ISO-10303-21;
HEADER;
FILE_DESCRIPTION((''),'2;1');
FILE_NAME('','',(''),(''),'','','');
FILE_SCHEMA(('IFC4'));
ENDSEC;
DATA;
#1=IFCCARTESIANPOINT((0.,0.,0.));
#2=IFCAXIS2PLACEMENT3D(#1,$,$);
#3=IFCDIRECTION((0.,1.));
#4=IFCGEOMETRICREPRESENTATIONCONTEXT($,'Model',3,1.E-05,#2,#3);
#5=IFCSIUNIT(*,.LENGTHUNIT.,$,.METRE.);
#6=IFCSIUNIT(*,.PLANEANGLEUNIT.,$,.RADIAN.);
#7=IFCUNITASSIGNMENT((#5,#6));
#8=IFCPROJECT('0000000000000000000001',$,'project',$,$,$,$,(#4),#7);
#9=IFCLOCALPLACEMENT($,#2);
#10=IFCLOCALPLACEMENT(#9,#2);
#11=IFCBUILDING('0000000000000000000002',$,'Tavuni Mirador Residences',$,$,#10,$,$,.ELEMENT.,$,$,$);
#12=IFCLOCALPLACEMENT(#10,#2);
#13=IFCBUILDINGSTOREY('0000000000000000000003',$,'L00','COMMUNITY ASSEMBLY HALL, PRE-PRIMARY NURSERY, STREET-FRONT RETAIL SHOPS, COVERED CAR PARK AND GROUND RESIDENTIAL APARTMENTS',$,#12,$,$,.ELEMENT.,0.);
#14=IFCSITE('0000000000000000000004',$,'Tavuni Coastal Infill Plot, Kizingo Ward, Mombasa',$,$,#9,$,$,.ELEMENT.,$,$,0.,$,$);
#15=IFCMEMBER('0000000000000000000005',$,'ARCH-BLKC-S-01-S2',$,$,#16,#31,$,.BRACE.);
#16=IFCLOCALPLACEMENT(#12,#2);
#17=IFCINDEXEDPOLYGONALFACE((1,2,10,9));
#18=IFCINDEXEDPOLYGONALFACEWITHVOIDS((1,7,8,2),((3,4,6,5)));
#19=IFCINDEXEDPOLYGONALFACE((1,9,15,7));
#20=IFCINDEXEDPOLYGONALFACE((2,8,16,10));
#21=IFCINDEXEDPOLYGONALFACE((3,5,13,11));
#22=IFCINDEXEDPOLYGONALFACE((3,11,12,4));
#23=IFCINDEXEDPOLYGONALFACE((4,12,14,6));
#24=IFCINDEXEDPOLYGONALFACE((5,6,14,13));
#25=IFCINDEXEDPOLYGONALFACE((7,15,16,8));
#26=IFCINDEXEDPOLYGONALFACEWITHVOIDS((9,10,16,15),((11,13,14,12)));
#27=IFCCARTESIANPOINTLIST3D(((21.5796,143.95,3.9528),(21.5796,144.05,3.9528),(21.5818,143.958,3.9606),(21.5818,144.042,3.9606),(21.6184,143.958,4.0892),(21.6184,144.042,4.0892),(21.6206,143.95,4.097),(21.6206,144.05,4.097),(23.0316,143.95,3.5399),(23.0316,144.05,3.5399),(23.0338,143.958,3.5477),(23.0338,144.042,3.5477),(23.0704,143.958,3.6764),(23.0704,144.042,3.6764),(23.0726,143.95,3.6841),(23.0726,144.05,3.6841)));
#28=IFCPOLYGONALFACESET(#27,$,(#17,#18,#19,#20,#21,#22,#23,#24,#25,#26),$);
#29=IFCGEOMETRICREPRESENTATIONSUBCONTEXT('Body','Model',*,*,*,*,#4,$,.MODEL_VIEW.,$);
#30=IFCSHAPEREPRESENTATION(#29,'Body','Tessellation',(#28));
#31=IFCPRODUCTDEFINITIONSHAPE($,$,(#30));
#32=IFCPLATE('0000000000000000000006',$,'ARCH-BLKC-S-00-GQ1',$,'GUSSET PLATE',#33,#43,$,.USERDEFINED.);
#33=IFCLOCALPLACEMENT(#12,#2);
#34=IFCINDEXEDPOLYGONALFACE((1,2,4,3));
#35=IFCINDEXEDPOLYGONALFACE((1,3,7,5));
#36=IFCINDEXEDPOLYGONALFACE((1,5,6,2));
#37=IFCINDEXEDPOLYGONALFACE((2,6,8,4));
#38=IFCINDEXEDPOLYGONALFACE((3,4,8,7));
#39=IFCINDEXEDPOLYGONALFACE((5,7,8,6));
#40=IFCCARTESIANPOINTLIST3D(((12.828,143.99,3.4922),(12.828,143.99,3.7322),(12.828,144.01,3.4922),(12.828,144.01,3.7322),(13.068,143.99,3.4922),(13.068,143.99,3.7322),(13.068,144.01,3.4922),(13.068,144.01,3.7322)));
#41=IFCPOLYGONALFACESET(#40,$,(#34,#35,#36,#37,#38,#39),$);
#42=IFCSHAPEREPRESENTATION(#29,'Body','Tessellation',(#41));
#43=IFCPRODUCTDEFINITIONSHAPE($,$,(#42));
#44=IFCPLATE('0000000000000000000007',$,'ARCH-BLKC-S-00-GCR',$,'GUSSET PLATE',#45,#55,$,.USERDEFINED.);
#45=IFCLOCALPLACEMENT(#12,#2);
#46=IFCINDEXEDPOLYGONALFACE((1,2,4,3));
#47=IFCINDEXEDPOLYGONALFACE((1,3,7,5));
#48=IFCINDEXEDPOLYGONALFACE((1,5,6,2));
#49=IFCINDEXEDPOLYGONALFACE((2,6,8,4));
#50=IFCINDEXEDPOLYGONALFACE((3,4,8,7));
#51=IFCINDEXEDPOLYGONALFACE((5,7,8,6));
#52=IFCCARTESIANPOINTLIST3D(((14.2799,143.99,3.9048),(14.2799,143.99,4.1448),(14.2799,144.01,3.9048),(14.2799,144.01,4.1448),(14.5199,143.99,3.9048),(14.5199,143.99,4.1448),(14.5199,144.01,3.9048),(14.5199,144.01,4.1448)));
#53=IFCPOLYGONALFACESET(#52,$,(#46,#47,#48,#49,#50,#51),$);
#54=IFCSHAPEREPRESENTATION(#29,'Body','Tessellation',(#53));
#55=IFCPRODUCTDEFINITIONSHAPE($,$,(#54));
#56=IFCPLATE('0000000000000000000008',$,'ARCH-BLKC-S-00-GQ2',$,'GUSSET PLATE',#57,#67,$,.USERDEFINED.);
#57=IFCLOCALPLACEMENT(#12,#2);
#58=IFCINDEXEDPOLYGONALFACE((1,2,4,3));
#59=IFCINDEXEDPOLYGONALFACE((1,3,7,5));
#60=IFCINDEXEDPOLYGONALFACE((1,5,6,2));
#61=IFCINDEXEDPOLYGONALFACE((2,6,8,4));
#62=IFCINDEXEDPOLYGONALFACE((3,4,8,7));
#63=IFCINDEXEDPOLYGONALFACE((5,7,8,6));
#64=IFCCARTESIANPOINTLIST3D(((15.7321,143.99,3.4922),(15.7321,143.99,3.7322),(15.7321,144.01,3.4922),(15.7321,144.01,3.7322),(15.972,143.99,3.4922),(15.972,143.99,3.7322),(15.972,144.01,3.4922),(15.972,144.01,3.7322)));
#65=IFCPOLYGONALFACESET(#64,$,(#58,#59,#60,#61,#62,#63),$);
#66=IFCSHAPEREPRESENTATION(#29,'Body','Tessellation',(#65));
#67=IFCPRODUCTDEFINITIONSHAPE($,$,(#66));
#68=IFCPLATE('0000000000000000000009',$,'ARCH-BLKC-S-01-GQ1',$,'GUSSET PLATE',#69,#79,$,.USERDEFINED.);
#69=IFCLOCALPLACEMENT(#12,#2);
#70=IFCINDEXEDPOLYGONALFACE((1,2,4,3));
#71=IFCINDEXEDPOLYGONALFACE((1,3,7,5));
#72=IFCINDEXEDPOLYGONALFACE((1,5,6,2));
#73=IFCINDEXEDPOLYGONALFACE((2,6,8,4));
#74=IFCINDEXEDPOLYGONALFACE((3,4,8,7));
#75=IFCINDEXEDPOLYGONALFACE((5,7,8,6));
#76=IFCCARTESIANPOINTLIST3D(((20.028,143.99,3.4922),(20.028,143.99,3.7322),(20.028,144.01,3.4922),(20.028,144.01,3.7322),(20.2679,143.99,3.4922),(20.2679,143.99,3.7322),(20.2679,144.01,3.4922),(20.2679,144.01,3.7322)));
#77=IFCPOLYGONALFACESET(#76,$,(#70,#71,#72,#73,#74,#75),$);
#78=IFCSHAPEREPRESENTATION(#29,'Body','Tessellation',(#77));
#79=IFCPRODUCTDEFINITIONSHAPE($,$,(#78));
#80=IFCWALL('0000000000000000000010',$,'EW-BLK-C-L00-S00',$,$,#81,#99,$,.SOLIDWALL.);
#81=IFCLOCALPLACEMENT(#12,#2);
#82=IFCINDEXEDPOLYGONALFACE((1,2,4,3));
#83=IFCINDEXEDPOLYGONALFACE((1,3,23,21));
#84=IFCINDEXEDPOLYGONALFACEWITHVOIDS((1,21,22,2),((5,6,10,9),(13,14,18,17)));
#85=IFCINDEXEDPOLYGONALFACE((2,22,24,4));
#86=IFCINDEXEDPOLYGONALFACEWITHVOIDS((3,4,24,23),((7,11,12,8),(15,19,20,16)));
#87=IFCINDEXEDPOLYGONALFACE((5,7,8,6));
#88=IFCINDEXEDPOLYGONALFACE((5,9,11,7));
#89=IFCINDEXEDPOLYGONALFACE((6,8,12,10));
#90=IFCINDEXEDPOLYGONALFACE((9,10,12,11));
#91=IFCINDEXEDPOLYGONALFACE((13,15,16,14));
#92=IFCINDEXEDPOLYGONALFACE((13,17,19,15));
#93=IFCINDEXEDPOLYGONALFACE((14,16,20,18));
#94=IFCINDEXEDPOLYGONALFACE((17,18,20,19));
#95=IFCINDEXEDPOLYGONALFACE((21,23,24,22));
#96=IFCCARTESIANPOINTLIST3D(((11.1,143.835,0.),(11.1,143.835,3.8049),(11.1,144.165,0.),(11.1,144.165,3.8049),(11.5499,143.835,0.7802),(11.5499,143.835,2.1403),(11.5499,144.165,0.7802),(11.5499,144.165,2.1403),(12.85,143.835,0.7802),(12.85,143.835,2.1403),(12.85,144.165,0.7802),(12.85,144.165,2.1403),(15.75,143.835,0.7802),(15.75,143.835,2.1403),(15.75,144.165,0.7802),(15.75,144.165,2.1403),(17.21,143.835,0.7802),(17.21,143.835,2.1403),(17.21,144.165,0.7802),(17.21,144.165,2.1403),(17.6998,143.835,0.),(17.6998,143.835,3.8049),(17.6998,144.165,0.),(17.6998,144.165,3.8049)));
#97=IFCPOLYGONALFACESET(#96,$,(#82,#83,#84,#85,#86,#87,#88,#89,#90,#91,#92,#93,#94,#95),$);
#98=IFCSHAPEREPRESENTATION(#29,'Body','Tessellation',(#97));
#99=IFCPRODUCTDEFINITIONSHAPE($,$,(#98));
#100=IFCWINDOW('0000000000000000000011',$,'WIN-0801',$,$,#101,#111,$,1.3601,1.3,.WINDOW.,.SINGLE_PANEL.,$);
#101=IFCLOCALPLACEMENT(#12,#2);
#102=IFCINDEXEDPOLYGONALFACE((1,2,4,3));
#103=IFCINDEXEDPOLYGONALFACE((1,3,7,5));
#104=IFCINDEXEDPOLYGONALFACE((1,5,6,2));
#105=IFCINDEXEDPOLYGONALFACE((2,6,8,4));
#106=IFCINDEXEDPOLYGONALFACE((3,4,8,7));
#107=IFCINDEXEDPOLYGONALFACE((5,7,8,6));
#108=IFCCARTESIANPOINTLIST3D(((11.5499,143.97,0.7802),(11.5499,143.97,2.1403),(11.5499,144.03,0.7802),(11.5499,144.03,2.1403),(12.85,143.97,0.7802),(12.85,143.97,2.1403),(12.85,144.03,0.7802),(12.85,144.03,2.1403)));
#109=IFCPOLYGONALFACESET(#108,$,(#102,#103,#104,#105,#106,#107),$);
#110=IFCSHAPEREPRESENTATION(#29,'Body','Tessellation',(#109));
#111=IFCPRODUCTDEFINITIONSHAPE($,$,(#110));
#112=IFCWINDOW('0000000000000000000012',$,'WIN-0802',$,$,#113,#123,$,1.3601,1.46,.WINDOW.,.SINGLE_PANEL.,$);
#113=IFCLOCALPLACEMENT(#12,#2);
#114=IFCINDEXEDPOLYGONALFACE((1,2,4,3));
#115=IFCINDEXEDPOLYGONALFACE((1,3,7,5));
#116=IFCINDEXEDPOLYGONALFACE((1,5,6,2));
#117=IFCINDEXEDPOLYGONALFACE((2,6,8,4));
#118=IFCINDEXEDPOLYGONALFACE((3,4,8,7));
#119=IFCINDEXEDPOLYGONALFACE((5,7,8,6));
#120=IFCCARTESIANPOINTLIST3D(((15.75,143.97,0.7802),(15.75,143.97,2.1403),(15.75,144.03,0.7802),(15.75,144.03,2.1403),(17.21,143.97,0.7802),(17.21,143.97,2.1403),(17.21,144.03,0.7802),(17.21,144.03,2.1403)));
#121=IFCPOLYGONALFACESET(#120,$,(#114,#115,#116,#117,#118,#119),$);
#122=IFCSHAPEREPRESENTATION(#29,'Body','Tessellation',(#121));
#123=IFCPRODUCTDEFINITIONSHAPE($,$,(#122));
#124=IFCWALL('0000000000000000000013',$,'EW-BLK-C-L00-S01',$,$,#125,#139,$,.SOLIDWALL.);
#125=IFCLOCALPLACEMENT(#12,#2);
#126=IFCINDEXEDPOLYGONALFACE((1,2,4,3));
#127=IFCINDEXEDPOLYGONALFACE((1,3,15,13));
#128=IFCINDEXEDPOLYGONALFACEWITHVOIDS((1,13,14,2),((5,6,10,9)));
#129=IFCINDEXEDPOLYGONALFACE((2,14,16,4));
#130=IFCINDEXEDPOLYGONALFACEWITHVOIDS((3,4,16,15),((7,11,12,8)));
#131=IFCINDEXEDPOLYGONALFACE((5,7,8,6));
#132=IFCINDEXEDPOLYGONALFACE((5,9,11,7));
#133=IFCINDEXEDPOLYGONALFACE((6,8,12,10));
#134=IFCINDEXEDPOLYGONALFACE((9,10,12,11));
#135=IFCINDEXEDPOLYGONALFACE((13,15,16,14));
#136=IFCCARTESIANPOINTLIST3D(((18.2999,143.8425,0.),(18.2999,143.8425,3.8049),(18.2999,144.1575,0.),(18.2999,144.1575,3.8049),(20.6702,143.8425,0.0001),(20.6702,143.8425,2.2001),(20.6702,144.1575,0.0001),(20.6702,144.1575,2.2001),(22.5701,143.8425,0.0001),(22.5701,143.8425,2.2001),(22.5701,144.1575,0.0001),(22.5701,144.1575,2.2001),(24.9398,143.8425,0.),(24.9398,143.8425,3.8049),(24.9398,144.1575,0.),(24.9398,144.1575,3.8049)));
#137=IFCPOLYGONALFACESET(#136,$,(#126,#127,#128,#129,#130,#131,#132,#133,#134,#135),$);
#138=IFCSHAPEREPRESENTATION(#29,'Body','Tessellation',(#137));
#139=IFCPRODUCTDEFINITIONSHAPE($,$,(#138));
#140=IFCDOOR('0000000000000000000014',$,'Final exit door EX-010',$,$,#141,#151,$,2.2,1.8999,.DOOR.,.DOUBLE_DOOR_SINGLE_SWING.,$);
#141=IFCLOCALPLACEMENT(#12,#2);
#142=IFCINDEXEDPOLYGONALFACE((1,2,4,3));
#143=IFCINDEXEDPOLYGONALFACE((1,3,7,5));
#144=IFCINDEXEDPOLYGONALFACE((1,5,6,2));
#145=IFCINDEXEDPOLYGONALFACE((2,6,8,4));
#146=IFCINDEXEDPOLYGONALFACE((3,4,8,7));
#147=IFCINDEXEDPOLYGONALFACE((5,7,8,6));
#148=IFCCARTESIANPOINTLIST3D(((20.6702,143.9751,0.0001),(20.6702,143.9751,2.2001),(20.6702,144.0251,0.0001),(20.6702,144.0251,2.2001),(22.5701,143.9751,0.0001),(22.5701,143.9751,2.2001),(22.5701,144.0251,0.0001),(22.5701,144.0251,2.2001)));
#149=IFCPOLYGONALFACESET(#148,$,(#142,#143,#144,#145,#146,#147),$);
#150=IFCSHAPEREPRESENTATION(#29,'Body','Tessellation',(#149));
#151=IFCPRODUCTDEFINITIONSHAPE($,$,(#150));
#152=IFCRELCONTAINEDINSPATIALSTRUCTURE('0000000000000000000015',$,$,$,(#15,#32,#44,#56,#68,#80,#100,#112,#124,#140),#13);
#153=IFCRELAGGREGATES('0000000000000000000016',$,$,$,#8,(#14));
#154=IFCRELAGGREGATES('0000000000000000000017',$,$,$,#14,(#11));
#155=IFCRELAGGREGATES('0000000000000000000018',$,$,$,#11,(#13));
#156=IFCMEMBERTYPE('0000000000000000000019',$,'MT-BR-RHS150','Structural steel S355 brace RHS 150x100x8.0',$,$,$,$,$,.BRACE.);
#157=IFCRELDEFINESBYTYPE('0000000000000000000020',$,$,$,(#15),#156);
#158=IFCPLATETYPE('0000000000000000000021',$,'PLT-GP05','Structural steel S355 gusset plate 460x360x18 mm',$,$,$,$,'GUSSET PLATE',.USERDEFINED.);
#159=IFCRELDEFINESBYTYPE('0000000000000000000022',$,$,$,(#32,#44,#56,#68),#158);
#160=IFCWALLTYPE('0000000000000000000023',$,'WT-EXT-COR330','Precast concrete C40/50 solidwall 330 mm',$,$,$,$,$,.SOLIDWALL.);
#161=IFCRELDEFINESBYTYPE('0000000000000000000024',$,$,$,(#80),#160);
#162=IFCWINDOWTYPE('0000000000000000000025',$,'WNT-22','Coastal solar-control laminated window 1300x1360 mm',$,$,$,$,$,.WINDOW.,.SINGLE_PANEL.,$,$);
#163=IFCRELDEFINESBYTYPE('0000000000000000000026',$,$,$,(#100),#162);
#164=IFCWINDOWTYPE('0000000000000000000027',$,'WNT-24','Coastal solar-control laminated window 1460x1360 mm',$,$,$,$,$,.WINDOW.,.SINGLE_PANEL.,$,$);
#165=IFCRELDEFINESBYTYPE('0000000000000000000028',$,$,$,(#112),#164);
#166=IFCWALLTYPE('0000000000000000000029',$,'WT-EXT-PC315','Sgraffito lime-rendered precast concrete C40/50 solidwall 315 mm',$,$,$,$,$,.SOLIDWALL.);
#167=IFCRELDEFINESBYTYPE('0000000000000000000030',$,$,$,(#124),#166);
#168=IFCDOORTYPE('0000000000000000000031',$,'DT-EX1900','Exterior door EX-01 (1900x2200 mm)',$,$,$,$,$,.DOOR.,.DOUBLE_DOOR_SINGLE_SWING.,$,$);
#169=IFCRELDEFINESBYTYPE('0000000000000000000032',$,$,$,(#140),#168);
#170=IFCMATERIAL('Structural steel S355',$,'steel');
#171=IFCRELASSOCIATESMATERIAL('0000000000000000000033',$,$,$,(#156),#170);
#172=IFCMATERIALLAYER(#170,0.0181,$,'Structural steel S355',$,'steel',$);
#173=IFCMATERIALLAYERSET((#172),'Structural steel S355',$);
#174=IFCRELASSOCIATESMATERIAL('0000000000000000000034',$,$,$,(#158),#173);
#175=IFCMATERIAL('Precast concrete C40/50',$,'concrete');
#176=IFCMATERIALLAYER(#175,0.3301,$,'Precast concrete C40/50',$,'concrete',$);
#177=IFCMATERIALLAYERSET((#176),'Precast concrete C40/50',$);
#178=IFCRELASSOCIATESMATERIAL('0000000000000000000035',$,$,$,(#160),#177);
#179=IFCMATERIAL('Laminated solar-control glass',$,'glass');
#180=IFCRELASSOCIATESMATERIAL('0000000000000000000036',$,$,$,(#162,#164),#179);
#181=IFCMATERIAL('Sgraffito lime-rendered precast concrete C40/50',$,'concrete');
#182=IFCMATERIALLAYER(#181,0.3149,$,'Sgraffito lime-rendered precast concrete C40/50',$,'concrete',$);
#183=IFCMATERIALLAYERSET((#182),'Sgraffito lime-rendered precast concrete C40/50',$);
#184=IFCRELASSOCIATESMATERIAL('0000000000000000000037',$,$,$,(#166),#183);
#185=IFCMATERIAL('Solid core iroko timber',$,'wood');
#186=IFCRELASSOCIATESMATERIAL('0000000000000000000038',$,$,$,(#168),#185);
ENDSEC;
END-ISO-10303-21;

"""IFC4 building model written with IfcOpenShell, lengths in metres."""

from ifc_helpers import new_model, si_unit, direction, frame, frame_2d, origin, origin_2d, place, context, subcontext, project, spatial, rectangle, hollow_rectangle, extrude, material, layer, layer_set, material_profile, profile_set, type_object, element, fill, save


model = new_model("IFC4")

# Units and contexts
model_context = context("Model", 3, precision=1e-05, world=origin(), true_north=direction((0.0, 1.0)))
body_context = subcontext(model_context, "Body", "Model", "MODEL_VIEW")
ifc_project = project(units=[si_unit("LENGTHUNIT", "METRE"), si_unit("PLANEANGLEUNIT", "RADIAN")], contexts=[model_context])

# Site, building, storey
site_placement = place(None, origin())
site = spatial("IfcSite", under=ifc_project, at=site_placement, Name="Tavuni Coastal Infill Plot, Kizingo Ward, Mombasa", CompositionType="ELEMENT", RefElevation=0.0)
building_placement = place(site_placement, origin())
building = spatial("IfcBuilding", under=site, at=building_placement, Name="Tavuni Mirador Residences", CompositionType="ELEMENT")
storey_placement = place(building_placement, origin())
storey = spatial("IfcBuildingStorey", under=building, at=storey_placement, Name="L00", Description="COMMUNITY ASSEMBLY HALL, PRE-PRIMARY NURSERY, STREET-FRONT RETAIL SHOPS, COVERED CAR PARK AND GROUND RESIDENTIAL APARTMENTS", CompositionType="ELEMENT", Elevation=0.0)

# Shared definitions
ifc_material_1 = material(Name="Precast concrete C40/50", Category="concrete")

# Member
ifc_material_2 = material(Name="Structural steel S355", Category="steel")
ifc_material_profile_1 = material_profile(ifc_material_2, hollow_rectangle(XDim=0.1001, YDim=0.1499, WallThickness=0.0081, at=origin_2d()), Name="RHS 150x100x8.0", Category="steel")
ifc_profile_set_1 = profile_set([ifc_material_profile_1], Name="Structural steel S355")
member_type = type_object("IfcMemberType", Name="MT-BR-RHS150", Description="Structural steel S355 brace RHS 150x100x8.0", PredefinedType="BRACE", material=ifc_profile_set_1)
member_1_placement = place(storey_placement, frame((21.6001, 144.0, 4.0249), z_axis=(0.961871, 0.0, -0.273503), x_axis=(0.0, 1.0, 0.0)))
element("IfcMember", 1, at=member_1_placement, inside=storey, type_object=member_type, Name="ARCH-BLKC-S-01-S2", PredefinedType="BRACE", context=body_context, shape_type="SweptSolid", body=[
    extrude(hollow_rectangle(XDim=0.1001, YDim=0.1499, WallThickness=0.0081, at=origin_2d()), origin(), (0.0, 0.0, 1.0), 1.5095),
])

# Plates
ifc_layer_1 = layer(ifc_material_2, 0.0181, Name="Structural steel S355", Category="steel")
ifc_layer_set_1 = layer_set([ifc_layer_1], Name="Structural steel S355")
plate_type = type_object("IfcPlateType", Name="PLT-GP05", Description="Structural steel S355 gusset plate 460x360x18 mm", ElementType="GUSSET PLATE", PredefinedType="USERDEFINED", material=ifc_layer_set_1)
for number, where, z_axis, x_axis, name in (
    (2, (12.948, 144.0, 3.4922), (0.0, 0.0, 1.0), (1.0, 0.0, 0.0), "ARCH-BLKC-S-00-GQ1"),
    (3, (14.3999, 144.0, 3.9048), (0.0, 0.0, 1.0), (1.0, 0.0, 0.0), "ARCH-BLKC-S-00-GCR"),
    (4, (15.8521, 144.0, 3.4922), (0.0, 0.0, 1.0), (1.0, 0.0, 0.0), "ARCH-BLKC-S-00-GQ2"),
    (5, (20.1479, 144.0, 3.4922), (0.0, 0.0, 1.0), (1.0, 0.0, 0.0), "ARCH-BLKC-S-01-GQ1"),
):
    element("IfcPlate", number, at=place(storey_placement, frame(where, z_axis=z_axis, x_axis=x_axis)), inside=storey, type_object=plate_type, Name=name, ObjectType="GUSSET PLATE", PredefinedType="USERDEFINED", context=body_context, shape_type="SweptSolid", body=[
        extrude(rectangle(XDim=0.24, YDim=0.02, at=origin_2d()), origin(), (0.0, 0.0, 1.0), 0.24),
    ])

# Wall, openings, windows
ifc_layer_2 = layer(ifc_material_1, 0.3301, Name="Precast concrete C40/50", Category="concrete")
ifc_layer_set_2 = layer_set([ifc_layer_2], Name="Precast concrete C40/50")
wall_type_1 = type_object("IfcWallType", Name="WT-EXT-COR330", Description="Precast concrete C40/50 solidwall 330 mm", PredefinedType="SOLIDWALL", material=ifc_layer_set_2)
wall_1_placement = place(storey_placement, frame((11.1001, 144.0, 0.0), z_axis=(0.0, 0.0, 1.0), x_axis=(1.0, 0.0, 0.0)))
wall_1 = element("IfcWall", 6, at=wall_1_placement, inside=storey, type_object=wall_type_1, Name="EW-BLK-C-L00-S00", PredefinedType="SOLIDWALL", context=body_context, shape_type="SweptSolid", body=[
    extrude(rectangle(XDim=6.5999, YDim=0.3301, at=frame_2d((3.2998, 0.0))), origin(), (0.0, 0.0, 1.0), 3.8049),
])
opening_1_placement = place(wall_1_placement, frame((0.45, 0.0, 0.78)))
opening_1 = element("IfcOpeningElement", 7, at=opening_1_placement, cuts=wall_1, PredefinedType="OPENING", context=body_context, shape_type="SweptSolid", body=[
    extrude(rectangle(XDim=1.3, YDim=1.3601, at=frame_2d((0.6499, 0.6802))), frame((0.0, 0.175, 0.0), z_axis=(0.0, -1.0, 0.0), x_axis=(1.0, 0.0, 0.0)), (0.0, 0.0, 1.0), 0.3501),
])
opening_2_placement = place(wall_1_placement, frame((4.6499, 0.0, 0.78)))
opening_2 = element("IfcOpeningElement", 8, at=opening_2_placement, cuts=wall_1, PredefinedType="OPENING", context=body_context, shape_type="SweptSolid", body=[
    extrude(rectangle(XDim=1.46, YDim=1.3601, at=frame_2d((0.73, 0.6802))), frame((0.0, 0.175, 0.0), z_axis=(0.0, -1.0, 0.0), x_axis=(1.0, 0.0, 0.0)), (0.0, 0.0, 1.0), 0.3501),
])
ifc_material_3 = material(Name="Laminated solar-control glass", Category="glass")
window_type_1 = type_object("IfcWindowType", Name="WNT-22", Description="Coastal solar-control laminated window 1300x1360 mm", PartitioningType="SINGLE_PANEL", PredefinedType="WINDOW", material=ifc_material_3)
window_1_placement = place(opening_1_placement, origin())
window_1 = element("IfcWindow", 9, at=window_1_placement, inside=storey, type_object=window_type_1, Name="WIN-0801", OverallHeight=1.3601, OverallWidth=1.3, PartitioningType="SINGLE_PANEL", PredefinedType="WINDOW", context=body_context, shape_type="SweptSolid", body=[
    extrude(rectangle(XDim=1.3, YDim=1.3601, at=frame_2d((0.6499, 0.6802))), frame((0.0, 0.03, 0.0), z_axis=(0.0, -1.0, 0.0), x_axis=(1.0, 0.0, 0.0)), (0.0, 0.0, 1.0), 0.0601),
])
fill(opening_1, window_1)
window_type_2 = type_object("IfcWindowType", Name="WNT-24", Description="Coastal solar-control laminated window 1460x1360 mm", PartitioningType="SINGLE_PANEL", PredefinedType="WINDOW", material=ifc_material_3)
window_2_placement = place(opening_2_placement, origin())
window_2 = element("IfcWindow", 10, at=window_2_placement, inside=storey, type_object=window_type_2, Name="WIN-0802", OverallHeight=1.3601, OverallWidth=1.46, PartitioningType="SINGLE_PANEL", PredefinedType="WINDOW", context=body_context, shape_type="SweptSolid", body=[
    extrude(rectangle(XDim=1.46, YDim=1.3601, at=frame_2d((0.73, 0.6802))), frame((0.0, 0.03, 0.0), z_axis=(0.0, -1.0, 0.0), x_axis=(1.0, 0.0, 0.0)), (0.0, 0.0, 1.0), 0.0601),
])
fill(opening_2, window_2)

# Wall, opening, door
ifc_material_4 = material(Name="Sgraffito lime-rendered precast concrete C40/50", Category="concrete")
ifc_layer_3 = layer(ifc_material_4, 0.3149, Name="Sgraffito lime-rendered precast concrete C40/50", Category="concrete")
ifc_layer_set_3 = layer_set([ifc_layer_3], Name="Sgraffito lime-rendered precast concrete C40/50")
wall_type_2 = type_object("IfcWallType", Name="WT-EXT-PC315", Description="Sgraffito lime-rendered precast concrete C40/50 solidwall 315 mm", PredefinedType="SOLIDWALL", material=ifc_layer_set_3)
wall_2_placement = place(storey_placement, frame((18.3, 144.0, 0.0), z_axis=(0.0, 0.0, 1.0), x_axis=(1.0, 0.0, 0.0)))
wall_2 = element("IfcWall", 11, at=wall_2_placement, inside=storey, type_object=wall_type_2, Name="EW-BLK-C-L00-S01", PredefinedType="SOLIDWALL", context=body_context, shape_type="SweptSolid", body=[
    extrude(rectangle(XDim=6.6399, YDim=0.3149, at=frame_2d((3.3198, 0.0))), origin(), (0.0, 0.0, 1.0), 3.8049),
])
opening_3_placement = place(wall_2_placement, frame((2.3701, 0.0, 0.0)))
opening_3 = element("IfcOpeningElement", 12, at=opening_3_placement, cuts=wall_2, PredefinedType="OPENING", context=body_context, shape_type="SweptSolid", body=[
    extrude(rectangle(XDim=1.8999, YDim=2.2, at=frame_2d((0.95, 1.1001))), frame((0.0, 0.1675, 0.0), z_axis=(0.0, -1.0, 0.0), x_axis=(1.0, 0.0, 0.0)), (0.0, 0.0, 1.0), 0.335),
])
ifc_material_5 = material(Name="Solid core iroko timber", Category="wood")
door_type = type_object("IfcDoorType", Name="DT-EX1900", Description="Exterior door EX-01 (1900x2200 mm)", OperationType="DOUBLE_DOOR_SINGLE_SWING", PredefinedType="DOOR", material=ifc_material_5)
door_placement = place(opening_3_placement, frame((1.8999, 0.0, 0.0), z_axis=(0.0, 0.0, 1.0), x_axis=(-1.0, 0.0, 0.0)))
door = element("IfcDoor", 13, at=door_placement, inside=storey, type_object=door_type, Name="Final exit door EX-010", OperationType="DOUBLE_DOOR_SINGLE_SWING", OverallHeight=2.2, OverallWidth=1.8999, PredefinedType="DOOR", context=body_context, shape_type="SweptSolid", body=[
    extrude(rectangle(XDim=1.8999, YDim=2.2, at=frame_2d((0.95, 1.1001))), frame((0.0, 0.0249, 0.0), z_axis=(0.0, -1.0, 0.0), x_axis=(1.0, 0.0, 0.0)), (0.0, 0.0, 1.0), 0.05),
])
fill(opening_3, door)

save(model, "model.ifc")
